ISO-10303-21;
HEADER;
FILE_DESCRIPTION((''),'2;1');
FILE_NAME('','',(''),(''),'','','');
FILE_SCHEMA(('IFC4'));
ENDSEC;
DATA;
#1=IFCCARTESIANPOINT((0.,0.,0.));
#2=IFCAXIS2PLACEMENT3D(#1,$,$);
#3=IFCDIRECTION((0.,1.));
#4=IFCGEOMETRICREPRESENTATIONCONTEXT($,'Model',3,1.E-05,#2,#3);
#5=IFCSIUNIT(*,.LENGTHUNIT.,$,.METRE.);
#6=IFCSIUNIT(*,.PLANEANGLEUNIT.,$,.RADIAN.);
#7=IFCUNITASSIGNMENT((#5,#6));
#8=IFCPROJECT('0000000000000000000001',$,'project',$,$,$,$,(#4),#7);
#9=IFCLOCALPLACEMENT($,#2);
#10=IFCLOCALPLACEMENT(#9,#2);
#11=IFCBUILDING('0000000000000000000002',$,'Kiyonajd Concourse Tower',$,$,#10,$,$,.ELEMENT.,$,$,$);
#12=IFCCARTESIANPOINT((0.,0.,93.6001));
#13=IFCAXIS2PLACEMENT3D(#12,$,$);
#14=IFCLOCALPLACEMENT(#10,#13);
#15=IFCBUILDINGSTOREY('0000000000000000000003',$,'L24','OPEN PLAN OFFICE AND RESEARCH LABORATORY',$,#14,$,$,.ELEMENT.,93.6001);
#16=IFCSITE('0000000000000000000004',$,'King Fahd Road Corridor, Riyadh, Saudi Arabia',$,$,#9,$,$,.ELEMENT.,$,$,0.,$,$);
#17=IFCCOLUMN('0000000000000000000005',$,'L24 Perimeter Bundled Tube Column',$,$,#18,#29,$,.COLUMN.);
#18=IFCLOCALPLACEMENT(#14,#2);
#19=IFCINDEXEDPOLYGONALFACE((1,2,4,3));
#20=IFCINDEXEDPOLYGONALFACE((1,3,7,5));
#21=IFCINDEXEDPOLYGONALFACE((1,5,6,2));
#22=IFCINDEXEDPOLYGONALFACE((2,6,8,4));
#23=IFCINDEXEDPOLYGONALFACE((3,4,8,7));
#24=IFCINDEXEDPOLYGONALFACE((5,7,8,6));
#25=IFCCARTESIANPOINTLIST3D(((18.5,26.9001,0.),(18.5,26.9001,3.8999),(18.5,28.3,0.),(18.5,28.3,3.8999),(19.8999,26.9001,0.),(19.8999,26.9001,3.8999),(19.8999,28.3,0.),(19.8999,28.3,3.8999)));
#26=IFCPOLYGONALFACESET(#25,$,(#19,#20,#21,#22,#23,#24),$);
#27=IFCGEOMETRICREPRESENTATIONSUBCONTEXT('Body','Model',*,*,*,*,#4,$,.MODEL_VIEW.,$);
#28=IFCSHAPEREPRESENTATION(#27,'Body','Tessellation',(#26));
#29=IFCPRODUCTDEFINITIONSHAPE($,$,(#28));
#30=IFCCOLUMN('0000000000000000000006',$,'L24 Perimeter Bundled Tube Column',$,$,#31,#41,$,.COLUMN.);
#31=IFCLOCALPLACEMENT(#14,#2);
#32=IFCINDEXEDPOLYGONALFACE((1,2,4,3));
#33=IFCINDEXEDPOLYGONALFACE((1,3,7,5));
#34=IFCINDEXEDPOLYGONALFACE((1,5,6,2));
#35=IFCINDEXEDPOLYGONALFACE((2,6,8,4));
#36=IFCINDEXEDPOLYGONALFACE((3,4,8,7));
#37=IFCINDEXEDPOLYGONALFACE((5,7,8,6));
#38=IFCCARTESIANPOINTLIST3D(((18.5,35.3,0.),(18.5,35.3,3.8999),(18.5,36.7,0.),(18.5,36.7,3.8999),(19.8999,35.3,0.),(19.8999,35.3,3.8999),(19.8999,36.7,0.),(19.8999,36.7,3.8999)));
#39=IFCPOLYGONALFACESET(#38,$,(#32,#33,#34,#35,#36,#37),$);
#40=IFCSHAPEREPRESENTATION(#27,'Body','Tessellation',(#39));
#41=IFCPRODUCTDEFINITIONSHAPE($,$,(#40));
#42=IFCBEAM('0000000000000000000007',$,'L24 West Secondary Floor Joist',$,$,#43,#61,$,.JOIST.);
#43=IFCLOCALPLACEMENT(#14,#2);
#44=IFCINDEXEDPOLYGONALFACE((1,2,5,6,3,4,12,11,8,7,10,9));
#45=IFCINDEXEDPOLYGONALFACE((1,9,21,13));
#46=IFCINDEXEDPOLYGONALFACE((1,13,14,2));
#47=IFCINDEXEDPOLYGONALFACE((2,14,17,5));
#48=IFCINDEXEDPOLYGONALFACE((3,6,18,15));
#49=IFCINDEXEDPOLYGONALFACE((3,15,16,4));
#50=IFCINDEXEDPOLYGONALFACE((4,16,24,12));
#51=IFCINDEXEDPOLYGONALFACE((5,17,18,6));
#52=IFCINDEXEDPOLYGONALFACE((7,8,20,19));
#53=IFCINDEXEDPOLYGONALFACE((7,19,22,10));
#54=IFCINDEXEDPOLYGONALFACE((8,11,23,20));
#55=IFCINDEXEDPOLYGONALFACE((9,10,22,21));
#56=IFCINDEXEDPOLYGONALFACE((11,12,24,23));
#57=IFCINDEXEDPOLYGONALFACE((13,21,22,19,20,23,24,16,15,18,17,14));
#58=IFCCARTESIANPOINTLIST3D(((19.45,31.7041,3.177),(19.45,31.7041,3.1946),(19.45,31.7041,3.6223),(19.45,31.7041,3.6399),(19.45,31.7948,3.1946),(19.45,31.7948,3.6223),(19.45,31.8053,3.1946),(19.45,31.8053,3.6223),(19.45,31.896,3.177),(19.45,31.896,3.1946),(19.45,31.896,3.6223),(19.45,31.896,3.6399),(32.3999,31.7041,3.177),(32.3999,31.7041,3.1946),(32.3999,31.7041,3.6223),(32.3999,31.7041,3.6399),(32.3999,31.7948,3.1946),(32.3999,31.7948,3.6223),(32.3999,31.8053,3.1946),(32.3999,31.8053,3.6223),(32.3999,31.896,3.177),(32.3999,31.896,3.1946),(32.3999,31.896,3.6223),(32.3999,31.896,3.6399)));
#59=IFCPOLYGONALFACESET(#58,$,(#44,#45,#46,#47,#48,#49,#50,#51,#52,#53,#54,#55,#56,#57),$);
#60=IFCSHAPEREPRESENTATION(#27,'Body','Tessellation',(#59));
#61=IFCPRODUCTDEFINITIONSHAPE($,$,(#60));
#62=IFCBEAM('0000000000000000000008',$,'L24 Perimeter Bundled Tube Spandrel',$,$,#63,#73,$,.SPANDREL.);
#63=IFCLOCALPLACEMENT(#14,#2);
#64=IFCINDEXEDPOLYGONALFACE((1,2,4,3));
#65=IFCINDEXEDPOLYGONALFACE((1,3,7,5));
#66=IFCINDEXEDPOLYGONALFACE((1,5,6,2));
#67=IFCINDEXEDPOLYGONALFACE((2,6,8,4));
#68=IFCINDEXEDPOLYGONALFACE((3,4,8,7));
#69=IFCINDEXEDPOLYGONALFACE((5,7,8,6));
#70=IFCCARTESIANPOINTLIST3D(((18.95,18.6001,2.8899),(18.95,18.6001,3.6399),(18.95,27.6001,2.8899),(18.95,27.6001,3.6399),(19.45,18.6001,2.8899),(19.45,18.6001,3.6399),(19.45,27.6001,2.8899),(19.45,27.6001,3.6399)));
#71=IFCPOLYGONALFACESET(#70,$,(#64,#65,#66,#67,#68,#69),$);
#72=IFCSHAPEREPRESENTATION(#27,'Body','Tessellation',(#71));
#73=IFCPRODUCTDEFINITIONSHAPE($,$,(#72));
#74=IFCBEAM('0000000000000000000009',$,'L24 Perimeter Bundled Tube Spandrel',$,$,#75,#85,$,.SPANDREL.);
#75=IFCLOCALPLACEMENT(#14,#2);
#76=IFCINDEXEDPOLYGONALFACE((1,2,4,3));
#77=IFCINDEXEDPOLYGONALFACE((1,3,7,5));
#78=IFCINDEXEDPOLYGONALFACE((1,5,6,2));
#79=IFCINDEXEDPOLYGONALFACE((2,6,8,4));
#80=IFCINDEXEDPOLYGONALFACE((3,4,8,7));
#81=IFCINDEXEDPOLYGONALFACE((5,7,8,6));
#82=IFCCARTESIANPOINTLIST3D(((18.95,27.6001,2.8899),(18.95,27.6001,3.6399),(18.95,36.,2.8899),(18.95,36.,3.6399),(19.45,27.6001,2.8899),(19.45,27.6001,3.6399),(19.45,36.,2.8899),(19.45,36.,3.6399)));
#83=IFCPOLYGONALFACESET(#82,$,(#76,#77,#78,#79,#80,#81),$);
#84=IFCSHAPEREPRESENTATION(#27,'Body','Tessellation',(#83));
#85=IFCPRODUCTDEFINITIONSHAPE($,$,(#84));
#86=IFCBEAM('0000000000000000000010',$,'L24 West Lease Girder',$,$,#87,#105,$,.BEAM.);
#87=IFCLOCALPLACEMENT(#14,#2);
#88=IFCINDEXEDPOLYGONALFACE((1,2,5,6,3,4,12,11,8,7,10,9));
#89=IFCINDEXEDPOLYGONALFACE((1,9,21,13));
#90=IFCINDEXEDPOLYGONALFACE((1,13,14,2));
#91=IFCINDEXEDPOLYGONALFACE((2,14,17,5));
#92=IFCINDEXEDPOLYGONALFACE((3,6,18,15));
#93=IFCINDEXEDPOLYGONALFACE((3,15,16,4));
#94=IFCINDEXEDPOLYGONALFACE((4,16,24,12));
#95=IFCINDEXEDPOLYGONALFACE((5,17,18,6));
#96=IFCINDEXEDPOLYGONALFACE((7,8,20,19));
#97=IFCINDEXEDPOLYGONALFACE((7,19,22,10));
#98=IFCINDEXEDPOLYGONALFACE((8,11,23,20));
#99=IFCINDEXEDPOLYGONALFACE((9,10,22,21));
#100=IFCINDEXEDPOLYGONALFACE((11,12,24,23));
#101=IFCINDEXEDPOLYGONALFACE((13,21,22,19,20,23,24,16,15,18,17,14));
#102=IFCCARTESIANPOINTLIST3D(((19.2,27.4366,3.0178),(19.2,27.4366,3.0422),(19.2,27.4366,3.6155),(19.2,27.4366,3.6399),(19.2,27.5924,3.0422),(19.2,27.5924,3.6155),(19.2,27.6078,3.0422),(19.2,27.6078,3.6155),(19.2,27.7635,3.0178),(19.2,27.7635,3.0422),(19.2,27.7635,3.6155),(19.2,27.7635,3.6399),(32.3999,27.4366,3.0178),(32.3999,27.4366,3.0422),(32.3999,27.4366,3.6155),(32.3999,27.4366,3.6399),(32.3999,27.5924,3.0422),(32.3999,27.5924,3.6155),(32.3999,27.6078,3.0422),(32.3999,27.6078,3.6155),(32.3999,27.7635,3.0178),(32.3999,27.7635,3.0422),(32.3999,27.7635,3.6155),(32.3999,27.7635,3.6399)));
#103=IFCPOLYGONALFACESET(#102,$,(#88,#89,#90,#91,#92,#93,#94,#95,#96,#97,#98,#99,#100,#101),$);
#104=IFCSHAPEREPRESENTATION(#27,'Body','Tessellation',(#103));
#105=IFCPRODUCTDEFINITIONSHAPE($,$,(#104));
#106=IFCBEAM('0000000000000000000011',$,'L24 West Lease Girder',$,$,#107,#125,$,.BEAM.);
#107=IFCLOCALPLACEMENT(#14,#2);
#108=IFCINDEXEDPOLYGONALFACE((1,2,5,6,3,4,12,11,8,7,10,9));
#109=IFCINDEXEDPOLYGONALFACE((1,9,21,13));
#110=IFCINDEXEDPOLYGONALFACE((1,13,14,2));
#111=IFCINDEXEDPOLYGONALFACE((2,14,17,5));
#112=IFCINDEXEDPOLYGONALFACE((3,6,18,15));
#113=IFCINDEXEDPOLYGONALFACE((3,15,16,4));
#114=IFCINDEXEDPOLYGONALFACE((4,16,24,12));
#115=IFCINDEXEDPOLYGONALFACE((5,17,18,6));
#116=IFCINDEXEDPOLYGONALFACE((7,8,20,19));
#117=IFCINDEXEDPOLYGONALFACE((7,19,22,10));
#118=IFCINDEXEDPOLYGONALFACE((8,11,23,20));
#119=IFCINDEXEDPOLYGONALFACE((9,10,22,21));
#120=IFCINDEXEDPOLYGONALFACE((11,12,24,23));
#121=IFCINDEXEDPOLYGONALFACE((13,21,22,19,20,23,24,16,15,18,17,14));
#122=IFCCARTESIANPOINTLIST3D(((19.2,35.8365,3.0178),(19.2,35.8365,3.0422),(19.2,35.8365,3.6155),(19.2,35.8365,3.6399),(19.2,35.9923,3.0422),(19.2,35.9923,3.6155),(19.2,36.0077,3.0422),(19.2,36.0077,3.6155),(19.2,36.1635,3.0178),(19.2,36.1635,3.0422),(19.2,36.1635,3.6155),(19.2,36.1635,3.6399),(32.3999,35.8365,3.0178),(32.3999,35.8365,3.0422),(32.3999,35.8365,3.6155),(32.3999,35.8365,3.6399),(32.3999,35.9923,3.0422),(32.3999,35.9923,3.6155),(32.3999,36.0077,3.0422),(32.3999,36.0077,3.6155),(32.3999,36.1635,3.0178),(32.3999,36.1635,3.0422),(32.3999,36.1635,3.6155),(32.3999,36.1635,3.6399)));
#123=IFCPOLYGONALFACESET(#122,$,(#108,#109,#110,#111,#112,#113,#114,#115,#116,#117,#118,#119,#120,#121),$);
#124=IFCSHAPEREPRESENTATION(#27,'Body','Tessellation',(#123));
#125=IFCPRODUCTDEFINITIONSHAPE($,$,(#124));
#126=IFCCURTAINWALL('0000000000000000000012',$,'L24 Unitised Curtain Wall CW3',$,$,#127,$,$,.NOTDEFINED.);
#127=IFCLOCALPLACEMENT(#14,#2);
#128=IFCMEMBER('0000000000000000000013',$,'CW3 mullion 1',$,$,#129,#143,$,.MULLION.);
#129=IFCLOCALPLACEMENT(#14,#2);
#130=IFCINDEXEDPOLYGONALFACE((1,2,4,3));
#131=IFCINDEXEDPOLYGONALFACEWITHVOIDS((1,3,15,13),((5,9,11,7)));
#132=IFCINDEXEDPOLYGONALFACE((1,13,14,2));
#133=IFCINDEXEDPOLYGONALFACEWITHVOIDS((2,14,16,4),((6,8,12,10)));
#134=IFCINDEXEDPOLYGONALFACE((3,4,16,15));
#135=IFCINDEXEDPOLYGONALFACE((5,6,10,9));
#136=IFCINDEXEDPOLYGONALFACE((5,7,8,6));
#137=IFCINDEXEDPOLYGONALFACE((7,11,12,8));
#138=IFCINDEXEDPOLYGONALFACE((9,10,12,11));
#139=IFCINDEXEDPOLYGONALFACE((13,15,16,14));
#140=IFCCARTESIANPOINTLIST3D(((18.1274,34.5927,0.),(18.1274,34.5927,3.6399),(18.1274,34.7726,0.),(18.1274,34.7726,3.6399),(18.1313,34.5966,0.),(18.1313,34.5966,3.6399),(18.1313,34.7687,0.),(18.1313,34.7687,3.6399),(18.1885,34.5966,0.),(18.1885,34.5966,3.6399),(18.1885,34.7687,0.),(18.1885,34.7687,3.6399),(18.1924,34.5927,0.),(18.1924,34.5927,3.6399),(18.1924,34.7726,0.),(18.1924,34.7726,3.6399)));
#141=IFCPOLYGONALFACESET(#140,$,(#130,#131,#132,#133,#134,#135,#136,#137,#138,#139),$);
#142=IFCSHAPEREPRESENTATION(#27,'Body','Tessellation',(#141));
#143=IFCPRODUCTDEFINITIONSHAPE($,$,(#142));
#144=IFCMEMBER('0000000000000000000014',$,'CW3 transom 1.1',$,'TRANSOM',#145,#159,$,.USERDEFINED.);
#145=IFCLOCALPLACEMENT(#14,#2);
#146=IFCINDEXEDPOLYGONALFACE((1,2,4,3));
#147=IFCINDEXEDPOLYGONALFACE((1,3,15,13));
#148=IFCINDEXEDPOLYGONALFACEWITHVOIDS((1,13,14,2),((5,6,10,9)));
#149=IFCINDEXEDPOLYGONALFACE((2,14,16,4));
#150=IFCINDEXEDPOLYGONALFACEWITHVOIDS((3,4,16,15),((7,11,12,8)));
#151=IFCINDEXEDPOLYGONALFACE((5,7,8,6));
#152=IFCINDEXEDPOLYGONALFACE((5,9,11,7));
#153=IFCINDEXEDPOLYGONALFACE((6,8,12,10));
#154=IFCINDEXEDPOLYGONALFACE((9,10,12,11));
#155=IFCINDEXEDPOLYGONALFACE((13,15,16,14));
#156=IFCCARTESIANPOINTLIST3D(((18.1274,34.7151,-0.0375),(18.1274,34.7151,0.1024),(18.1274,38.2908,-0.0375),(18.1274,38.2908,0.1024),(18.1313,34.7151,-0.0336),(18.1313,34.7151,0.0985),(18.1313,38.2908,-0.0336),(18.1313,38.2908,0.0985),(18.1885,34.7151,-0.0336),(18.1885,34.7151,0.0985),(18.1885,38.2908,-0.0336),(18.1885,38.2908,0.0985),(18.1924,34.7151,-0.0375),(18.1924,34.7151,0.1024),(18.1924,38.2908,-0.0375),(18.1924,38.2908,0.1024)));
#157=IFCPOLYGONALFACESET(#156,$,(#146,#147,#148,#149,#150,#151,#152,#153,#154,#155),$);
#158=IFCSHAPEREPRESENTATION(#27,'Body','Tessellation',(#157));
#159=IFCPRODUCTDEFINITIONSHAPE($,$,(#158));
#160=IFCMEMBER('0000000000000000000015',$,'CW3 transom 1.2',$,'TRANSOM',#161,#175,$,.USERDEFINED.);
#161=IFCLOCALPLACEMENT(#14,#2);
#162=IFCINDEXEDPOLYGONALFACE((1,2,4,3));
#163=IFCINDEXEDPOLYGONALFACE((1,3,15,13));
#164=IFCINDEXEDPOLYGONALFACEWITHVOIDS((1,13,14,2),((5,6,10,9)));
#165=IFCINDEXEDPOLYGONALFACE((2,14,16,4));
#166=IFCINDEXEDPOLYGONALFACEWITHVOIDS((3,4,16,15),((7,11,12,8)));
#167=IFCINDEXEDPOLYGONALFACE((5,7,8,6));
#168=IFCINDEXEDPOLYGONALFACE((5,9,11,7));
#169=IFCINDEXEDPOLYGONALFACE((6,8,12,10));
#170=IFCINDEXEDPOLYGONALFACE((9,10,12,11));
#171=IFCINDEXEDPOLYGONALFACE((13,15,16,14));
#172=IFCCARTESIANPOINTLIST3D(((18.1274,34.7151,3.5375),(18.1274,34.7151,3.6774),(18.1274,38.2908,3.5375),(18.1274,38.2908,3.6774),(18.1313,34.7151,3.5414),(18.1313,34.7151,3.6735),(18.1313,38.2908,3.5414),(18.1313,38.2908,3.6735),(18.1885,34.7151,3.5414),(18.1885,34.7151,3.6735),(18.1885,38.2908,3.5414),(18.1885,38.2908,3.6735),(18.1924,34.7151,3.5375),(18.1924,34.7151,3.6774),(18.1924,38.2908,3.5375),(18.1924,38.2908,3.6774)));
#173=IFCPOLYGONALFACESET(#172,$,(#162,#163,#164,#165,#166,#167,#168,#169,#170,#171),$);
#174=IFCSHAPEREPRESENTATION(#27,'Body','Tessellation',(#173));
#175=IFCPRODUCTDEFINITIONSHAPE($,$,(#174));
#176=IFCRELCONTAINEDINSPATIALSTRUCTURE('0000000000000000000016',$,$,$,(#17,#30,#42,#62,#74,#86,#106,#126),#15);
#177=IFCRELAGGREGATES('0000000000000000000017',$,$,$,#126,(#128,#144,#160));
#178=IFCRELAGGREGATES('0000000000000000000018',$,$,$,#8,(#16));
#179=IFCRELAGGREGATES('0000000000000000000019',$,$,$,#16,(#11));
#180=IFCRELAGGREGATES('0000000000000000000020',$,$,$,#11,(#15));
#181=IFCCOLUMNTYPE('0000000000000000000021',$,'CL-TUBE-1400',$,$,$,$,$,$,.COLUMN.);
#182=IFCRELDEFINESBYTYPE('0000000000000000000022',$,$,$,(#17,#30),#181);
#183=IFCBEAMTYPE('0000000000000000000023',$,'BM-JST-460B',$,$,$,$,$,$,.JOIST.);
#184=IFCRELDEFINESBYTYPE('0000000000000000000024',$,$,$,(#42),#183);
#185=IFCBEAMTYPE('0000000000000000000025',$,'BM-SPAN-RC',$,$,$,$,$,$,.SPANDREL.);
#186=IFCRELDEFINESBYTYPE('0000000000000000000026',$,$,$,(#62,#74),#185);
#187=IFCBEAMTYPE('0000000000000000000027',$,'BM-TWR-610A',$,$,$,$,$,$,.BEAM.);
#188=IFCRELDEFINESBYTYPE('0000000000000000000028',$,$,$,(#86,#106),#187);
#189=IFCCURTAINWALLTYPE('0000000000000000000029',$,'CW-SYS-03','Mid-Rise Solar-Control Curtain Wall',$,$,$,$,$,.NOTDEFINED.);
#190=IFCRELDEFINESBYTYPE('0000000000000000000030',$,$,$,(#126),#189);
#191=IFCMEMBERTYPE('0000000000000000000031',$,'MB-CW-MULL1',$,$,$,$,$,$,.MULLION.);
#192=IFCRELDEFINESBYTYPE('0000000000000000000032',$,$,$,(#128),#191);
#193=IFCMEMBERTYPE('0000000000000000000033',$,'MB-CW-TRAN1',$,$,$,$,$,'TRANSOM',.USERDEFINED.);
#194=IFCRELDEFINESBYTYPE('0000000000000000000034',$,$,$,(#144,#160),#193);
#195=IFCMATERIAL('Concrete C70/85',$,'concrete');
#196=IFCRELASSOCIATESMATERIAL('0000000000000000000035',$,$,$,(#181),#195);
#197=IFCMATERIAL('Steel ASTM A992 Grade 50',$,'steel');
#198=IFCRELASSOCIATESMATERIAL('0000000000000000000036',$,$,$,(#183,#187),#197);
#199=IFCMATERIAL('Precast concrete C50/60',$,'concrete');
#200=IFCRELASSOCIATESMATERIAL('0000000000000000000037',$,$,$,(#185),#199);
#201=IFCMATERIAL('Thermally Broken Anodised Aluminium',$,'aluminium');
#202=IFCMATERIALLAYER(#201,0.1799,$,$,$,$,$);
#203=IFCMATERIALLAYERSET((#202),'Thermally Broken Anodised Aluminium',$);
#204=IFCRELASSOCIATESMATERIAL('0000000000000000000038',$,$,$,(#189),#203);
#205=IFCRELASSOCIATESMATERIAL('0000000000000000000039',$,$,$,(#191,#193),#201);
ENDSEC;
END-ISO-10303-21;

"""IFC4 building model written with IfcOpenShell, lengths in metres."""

from ifc_helpers import new_model, si_unit, direction, frame, origin, origin_2d, place, context, subcontext, project, spatial, rectangle, hollow_rectangle, i_section, extrude, material, layer, layer_set, material_profile, profile_set, type_object, element, aggregate, save


model = new_model("IFC4")

# Units and contexts
model_context = context("Model", 3, precision=1e-05, world=origin(), true_north=direction((0.0, 1.0)))
body_context = subcontext(model_context, "Body", "Model", "MODEL_VIEW")
ifc_project = project(units=[si_unit("LENGTHUNIT", "METRE"), si_unit("PLANEANGLEUNIT", "RADIAN")], contexts=[model_context])

# Site, building, storey
site_placement = place(None, origin())
site = spatial("IfcSite", under=ifc_project, at=site_placement, Name="King Fahd Road Corridor, Riyadh, Saudi Arabia", CompositionType="ELEMENT", RefElevation=0.0)
building_placement = place(site_placement, origin())
building = spatial("IfcBuilding", under=site, at=building_placement, Name="Kiyonajd Concourse Tower", CompositionType="ELEMENT")
storey_placement = place(building_placement, frame((0.0, 0.0, 93.6001)))
storey = spatial("IfcBuildingStorey", under=building, at=storey_placement, Name="L24", Description="OPEN PLAN OFFICE AND RESEARCH LABORATORY", CompositionType="ELEMENT", Elevation=93.6001)

# Columns
ifc_material_1 = material(Name="Concrete C70/85", Category="concrete")
ifc_material_profile_1 = material_profile(ifc_material_1, rectangle(XDim=1.3999, YDim=1.3999, at=origin_2d()), Name="RC-1400x1400")
ifc_profile_set_1 = profile_set([ifc_material_profile_1], Name="Concrete C70/85")
column_type = type_object("IfcColumnType", Name="CL-TUBE-1400", PredefinedType="COLUMN", material=ifc_profile_set_1)
for number, where, z_axis, x_axis, name in (
    (1, (19.2, 27.6001, 0.0), (0.0, 0.0, 1.0), (1.0, 0.0, 0.0), "L24 Perimeter Bundled Tube Column"),
    (2, (19.2, 36.0, 0.0), (0.0, 0.0, 1.0), (1.0, 0.0, 0.0), "L24 Perimeter Bundled Tube Column"),
):
    element("IfcColumn", number, at=place(storey_placement, frame(where, z_axis=z_axis, x_axis=x_axis)), inside=storey, type_object=column_type, Name=name, PredefinedType="COLUMN", context=body_context, shape_type="SweptSolid", body=[
        extrude(rectangle(XDim=1.3999, YDim=1.3999, at=origin_2d()), origin(), (0.0, 0.0, 1.0), 3.8999),
    ])

# Beams
ifc_material_2 = material(Name="Steel ASTM A992 Grade 50", Category="steel")
ifc_material_profile_2 = material_profile(ifc_material_2, i_section(OverallWidth=0.1919, OverallDepth=0.4629, WebThickness=0.0105, FlangeThickness=0.0176, at=origin_2d()), Name="W460X89")
ifc_profile_set_2 = profile_set([ifc_material_profile_2], Name="Steel ASTM A992 Grade 50")
beam_type_1 = type_object("IfcBeamType", Name="BM-JST-460B", PredefinedType="JOIST", material=ifc_profile_set_2)
beam_1_placement = place(storey_placement, frame((19.45, 31.8, 3.4084), z_axis=(1.0, 0.0, 0.0), x_axis=(0.0, 1.0, 0.0)))
element("IfcBeam", 3, at=beam_1_placement, inside=storey, type_object=beam_type_1, Name="L24 West Secondary Floor Joist", PredefinedType="JOIST", context=body_context, shape_type="SweptSolid", body=[
    extrude(i_section(OverallWidth=0.1919, OverallDepth=0.4629, WebThickness=0.0105, FlangeThickness=0.0176, at=origin_2d()), origin(), (0.0, 0.0, 1.0), 12.95),
])
ifc_material_3 = material(Name="Precast concrete C50/60", Category="concrete")
ifc_material_profile_3 = material_profile(ifc_material_3, rectangle(XDim=0.5, YDim=0.75, at=origin_2d()), Name="RCBM-500x750")
ifc_profile_set_3 = profile_set([ifc_material_profile_3], Name="Precast concrete C50/60")
beam_type_2 = type_object("IfcBeamType", Name="BM-SPAN-RC", PredefinedType="SPANDREL", material=ifc_profile_set_3)
beam_2_placement = place(storey_placement, frame((19.2, 27.6001, 3.2649), z_axis=(0.0, -1.0, 0.0), x_axis=(1.0, 0.0, 0.0)))
element("IfcBeam", 4, at=beam_2_placement, inside=storey, type_object=beam_type_2, Name="L24 Perimeter Bundled Tube Spandrel", PredefinedType="SPANDREL", context=body_context, shape_type="SweptSolid", body=[
    extrude(rectangle(XDim=0.5, YDim=0.75, at=origin_2d()), origin(), (0.0, 0.0, 1.0), 9.0),
])
beam_3_placement = place(storey_placement, frame((19.2, 36.0, 3.2649), z_axis=(0.0, -1.0, 0.0), x_axis=(1.0, 0.0, 0.0)))
element("IfcBeam", 5, at=beam_3_placement, inside=storey, type_object=beam_type_2, Name="L24 Perimeter Bundled Tube Spandrel", PredefinedType="SPANDREL", context=body_context, shape_type="SweptSolid", body=[
    extrude(rectangle(XDim=0.5, YDim=0.75, at=origin_2d()), origin(), (0.0, 0.0, 1.0), 8.3999),
])
ifc_material_profile_4 = material_profile(ifc_material_2, i_section(OverallWidth=0.3269, OverallDepth=0.6221, WebThickness=0.0154, FlangeThickness=0.0244, at=origin_2d()), Name="W610X195")
ifc_profile_set_4 = profile_set([ifc_material_profile_4], Name="Steel ASTM A992 Grade 50")
beam_type_3 = type_object("IfcBeamType", Name="BM-TWR-610A", PredefinedType="BEAM", material=ifc_profile_set_4)
for number, where, z_axis, x_axis, name in (
    (6, (19.2, 27.6001, 3.3289), (1.0, 0.0, 0.0), (0.0, 1.0, 0.0), "L24 West Lease Girder"),
    (7, (19.2, 36.0, 3.3289), (1.0, 0.0, 0.0), (0.0, 1.0, 0.0), "L24 West Lease Girder"),
):
    element("IfcBeam", number, at=place(storey_placement, frame(where, z_axis=z_axis, x_axis=x_axis)), inside=storey, type_object=beam_type_3, Name=name, PredefinedType="BEAM", context=body_context, shape_type="SweptSolid", body=[
        extrude(i_section(OverallWidth=0.3269, OverallDepth=0.6221, WebThickness=0.0154, FlangeThickness=0.0244, at=origin_2d()), origin(), (0.0, 0.0, 1.0), 13.2),
    ])

# Curtain wall, members
ifc_material_4 = material(Name="Thermally Broken Anodised Aluminium", Category="aluminium")
ifc_layer_1 = layer(ifc_material_4, 0.1799)
ifc_layer_set_1 = layer_set([ifc_layer_1], Name="Thermally Broken Anodised Aluminium")
curtain_wall_type = type_object("IfcCurtainWallType", Name="CW-SYS-03", Description="Mid-Rise Solar-Control Curtain Wall", PredefinedType="NOTDEFINED", material=ifc_layer_set_1)
curtain_wall_placement = place(storey_placement, origin())
curtain_wall = element("IfcCurtainWall", 8, at=curtain_wall_placement, inside=storey, type_object=curtain_wall_type, Name="L24 Unitised Curtain Wall CW3", PredefinedType="NOTDEFINED")
ifc_material_profile_5 = material_profile(ifc_material_4, hollow_rectangle(XDim=0.0649, YDim=0.1799, WallThickness=0.0039, at=origin_2d()), Name="MULL-65x180")
ifc_profile_set_5 = profile_set([ifc_material_profile_5], Name="Thermally Broken Anodised Aluminium")
member_type_1 = type_object("IfcMemberType", Name="MB-CW-MULL1", PredefinedType="MULLION", material=ifc_profile_set_5)
member_1_placement = place(storey_placement, frame((18.1599, 34.6826, 0.0), z_axis=(0.0, 0.0, 1.0), x_axis=(-1.0, 0.0, 0.0)))
member_1 = element("IfcMember", 9, at=member_1_placement, type_object=member_type_1, Name="CW3 mullion 1", PredefinedType="MULLION", context=body_context, shape_type="SweptSolid", body=[
    extrude(hollow_rectangle(XDim=0.0649, YDim=0.1799, WallThickness=0.0039, at=origin_2d()), origin(), (0.0, 0.0, 1.0), 3.6399),
])
ifc_material_profile_6 = material_profile(ifc_material_4, hollow_rectangle(XDim=0.0649, YDim=0.1399, WallThickness=0.0039, at=origin_2d()), Name="TRAN-65x140")
ifc_profile_set_6 = profile_set([ifc_material_profile_6], Name="Thermally Broken Anodised Aluminium")
member_type_2 = type_object("IfcMemberType", Name="MB-CW-TRAN1", ElementType="TRANSOM", PredefinedType="USERDEFINED", material=ifc_profile_set_6)
member_2_placement = place(storey_placement, frame((18.1599, 34.7151, 0.0325), z_axis=(0.0, 1.0, 0.0), x_axis=(-1.0, 0.0, 0.0)))
member_2 = element("IfcMember", 10, at=member_2_placement, type_object=member_type_2, Name="CW3 transom 1.1", ObjectType="TRANSOM", PredefinedType="USERDEFINED", context=body_context, shape_type="SweptSolid", body=[
    extrude(hollow_rectangle(XDim=0.0649, YDim=0.1399, WallThickness=0.0039, at=origin_2d()), origin(), (0.0, 0.0, 1.0), 3.5757),
])
member_3_placement = place(storey_placement, frame((18.1599, 34.7151, 3.6074), z_axis=(0.0, 1.0, 0.0), x_axis=(-1.0, 0.0, 0.0)))
member_3 = element("IfcMember", 11, at=member_3_placement, type_object=member_type_2, Name="CW3 transom 1.2", ObjectType="TRANSOM", PredefinedType="USERDEFINED", context=body_context, shape_type="SweptSolid", body=[
    extrude(hollow_rectangle(XDim=0.0649, YDim=0.1399, WallThickness=0.0039, at=origin_2d()), origin(), (0.0, 0.0, 1.0), 3.5757),
])

aggregate(curtain_wall, [member_1, member_2, member_3])

save(model, "model.ifc")
